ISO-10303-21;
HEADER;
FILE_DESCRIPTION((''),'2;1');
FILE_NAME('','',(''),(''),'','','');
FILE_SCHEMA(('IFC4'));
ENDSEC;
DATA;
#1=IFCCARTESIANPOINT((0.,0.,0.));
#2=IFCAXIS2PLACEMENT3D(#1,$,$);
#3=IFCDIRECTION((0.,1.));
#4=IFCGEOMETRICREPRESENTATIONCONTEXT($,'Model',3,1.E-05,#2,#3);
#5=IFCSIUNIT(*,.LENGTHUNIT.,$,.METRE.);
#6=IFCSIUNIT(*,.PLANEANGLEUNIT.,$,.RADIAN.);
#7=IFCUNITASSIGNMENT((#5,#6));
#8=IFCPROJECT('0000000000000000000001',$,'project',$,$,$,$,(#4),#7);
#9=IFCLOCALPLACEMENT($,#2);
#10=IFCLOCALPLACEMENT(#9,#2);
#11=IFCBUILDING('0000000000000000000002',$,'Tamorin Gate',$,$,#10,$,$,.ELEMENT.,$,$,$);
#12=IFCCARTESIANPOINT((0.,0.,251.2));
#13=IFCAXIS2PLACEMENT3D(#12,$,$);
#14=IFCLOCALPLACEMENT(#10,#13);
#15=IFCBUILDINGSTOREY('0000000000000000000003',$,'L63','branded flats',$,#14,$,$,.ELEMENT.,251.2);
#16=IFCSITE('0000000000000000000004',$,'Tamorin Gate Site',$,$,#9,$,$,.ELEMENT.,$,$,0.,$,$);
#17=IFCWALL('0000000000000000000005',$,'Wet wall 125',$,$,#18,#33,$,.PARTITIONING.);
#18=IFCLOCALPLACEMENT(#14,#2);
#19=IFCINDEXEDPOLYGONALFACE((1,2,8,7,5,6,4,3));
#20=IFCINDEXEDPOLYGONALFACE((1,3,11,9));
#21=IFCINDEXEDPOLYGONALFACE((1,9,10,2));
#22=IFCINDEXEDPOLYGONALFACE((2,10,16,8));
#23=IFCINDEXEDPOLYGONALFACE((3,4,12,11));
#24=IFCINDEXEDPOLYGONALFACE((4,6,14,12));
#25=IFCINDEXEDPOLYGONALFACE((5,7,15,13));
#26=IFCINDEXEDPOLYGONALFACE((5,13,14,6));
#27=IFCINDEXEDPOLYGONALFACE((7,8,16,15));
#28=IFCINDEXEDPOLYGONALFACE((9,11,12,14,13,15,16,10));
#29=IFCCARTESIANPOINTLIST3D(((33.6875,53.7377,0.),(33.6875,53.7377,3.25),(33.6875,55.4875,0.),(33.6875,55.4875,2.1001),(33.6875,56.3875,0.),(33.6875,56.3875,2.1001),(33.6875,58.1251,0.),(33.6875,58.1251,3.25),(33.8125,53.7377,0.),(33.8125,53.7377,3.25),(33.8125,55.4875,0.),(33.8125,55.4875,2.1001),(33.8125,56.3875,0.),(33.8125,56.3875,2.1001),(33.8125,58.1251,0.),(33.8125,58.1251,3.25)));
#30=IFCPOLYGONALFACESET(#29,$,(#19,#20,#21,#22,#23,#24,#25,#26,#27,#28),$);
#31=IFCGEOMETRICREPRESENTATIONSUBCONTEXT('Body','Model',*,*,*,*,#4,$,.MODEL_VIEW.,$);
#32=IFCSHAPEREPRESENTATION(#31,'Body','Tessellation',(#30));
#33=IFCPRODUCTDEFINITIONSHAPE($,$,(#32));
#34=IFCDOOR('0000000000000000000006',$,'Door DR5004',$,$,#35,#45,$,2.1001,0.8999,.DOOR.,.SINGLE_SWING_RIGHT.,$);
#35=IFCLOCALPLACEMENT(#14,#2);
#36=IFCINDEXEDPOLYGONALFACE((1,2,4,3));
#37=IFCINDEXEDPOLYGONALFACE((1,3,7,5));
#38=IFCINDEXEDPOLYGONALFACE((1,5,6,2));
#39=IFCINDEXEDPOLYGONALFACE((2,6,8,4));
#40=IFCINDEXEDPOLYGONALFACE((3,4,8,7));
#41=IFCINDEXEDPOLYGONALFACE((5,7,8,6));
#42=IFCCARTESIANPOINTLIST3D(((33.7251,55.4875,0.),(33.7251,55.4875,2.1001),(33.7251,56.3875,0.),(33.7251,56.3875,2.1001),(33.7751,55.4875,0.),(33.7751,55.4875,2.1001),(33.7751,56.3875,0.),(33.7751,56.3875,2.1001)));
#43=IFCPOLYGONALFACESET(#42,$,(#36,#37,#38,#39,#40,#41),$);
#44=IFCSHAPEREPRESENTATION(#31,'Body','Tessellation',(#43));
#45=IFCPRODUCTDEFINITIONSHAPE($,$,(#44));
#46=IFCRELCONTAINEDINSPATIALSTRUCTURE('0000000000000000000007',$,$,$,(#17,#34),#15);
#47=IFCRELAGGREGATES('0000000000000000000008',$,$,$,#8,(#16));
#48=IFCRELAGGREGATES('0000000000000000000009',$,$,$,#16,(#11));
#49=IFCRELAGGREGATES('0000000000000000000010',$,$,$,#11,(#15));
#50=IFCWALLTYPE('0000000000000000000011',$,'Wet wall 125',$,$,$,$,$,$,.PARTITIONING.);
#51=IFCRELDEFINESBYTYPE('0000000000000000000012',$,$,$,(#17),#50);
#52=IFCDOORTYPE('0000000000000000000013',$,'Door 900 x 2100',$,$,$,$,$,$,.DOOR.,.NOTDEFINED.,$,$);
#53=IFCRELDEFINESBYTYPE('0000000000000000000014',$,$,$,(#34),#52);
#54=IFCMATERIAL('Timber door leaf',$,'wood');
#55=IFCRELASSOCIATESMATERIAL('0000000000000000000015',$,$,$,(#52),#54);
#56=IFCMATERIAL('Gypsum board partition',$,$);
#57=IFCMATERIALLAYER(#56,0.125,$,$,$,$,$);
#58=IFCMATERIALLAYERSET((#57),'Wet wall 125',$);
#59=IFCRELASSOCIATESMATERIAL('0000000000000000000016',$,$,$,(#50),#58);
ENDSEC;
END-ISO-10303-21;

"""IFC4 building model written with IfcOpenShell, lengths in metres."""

from ifc_helpers import new_model, si_unit, direction, frame, frame_2d, origin, place, context, subcontext, project, spatial, rectangle, extrude, material, layer, layer_set, type_object, element, fill, save


model = new_model("IFC4")

# Units and contexts
model_context = context("Model", 3, precision=1e-05, world=origin(), true_north=direction((0.0, 1.0)))
body_context = subcontext(model_context, "Body", "Model", "MODEL_VIEW")
ifc_project = project(units=[si_unit("LENGTHUNIT", "METRE"), si_unit("PLANEANGLEUNIT", "RADIAN")], contexts=[model_context])

# Site, building, storey
site_placement = place(None, origin())
site = spatial("IfcSite", under=ifc_project, at=site_placement, Name="Tamorin Gate Site", CompositionType="ELEMENT", RefElevation=0.0)
building_placement = place(site_placement, origin())
building = spatial("IfcBuilding", under=site, at=building_placement, Name="Tamorin Gate", CompositionType="ELEMENT")
storey_placement = place(building_placement, frame((0.0, 0.0, 251.2)))
storey = spatial("IfcBuildingStorey", under=building, at=storey_placement, Name="L63", Description="branded flats", CompositionType="ELEMENT", Elevation=251.2)

# Shared definitions
ifc_material_1 = material(Name="Gypsum board partition")
ifc_material_2 = material(Name="Timber door leaf", Category="wood")
door_type = type_object("IfcDoorType", Name="Door 900 x 2100", OperationType="NOTDEFINED", PredefinedType="DOOR", material=ifc_material_2)

# Wall, opening, door
ifc_layer_1 = layer(ifc_material_1, 0.125)
ifc_layer_set_1 = layer_set([ifc_layer_1], Name="Wet wall 125")
wall_type_1 = type_object("IfcWallType", Name="Wet wall 125", PredefinedType="PARTITIONING", material=ifc_layer_set_1)
wall_1_placement = place(storey_placement, frame((33.75, 53.7375, 0.0), z_axis=(0.0, 0.0, 1.0), x_axis=(0.0, 1.0, 0.0)))
wall_1 = element("IfcWall", 1, at=wall_1_placement, inside=storey, type_object=wall_type_1, Name="Wet wall 125", PredefinedType="PARTITIONING", context=body_context, shape_type="SweptSolid", body=[
    extrude(rectangle(XDim=4.3875, YDim=0.125, at=frame_2d((2.1938, 0.0))), origin(), (0.0, 0.0, 1.0), 3.25),
])
opening_1_placement = place(wall_1_placement, frame((1.75, 0.0, 0.0)))
opening_1 = element("IfcOpeningElement", 2, at=opening_1_placement, cuts=wall_1, PredefinedType="OPENING", context=body_context, shape_type="SweptSolid", body=[
    extrude(rectangle(XDim=0.8999, YDim=2.1001, at=frame_2d((0.45, 1.05))), frame((0.0, 0.0725, 0.0), z_axis=(0.0, -1.0, 0.0), x_axis=(1.0, 0.0, 0.0)), (0.0, 0.0, 1.0), 0.145),
])
door_1_placement = place(opening_1_placement, origin())
door_1 = element("IfcDoor", 3, at=door_1_placement, inside=storey, type_object=door_type, Name="Door DR5004", OperationType="SINGLE_SWING_RIGHT", OverallHeight=2.1001, OverallWidth=0.8999, PredefinedType="DOOR", context=body_context, shape_type="SweptSolid", body=[
    extrude(rectangle(XDim=0.8999, YDim=2.1001, at=frame_2d((0.45, 1.05))), frame((0.0, 0.0249, 0.0), z_axis=(0.0, -1.0, 0.0), x_axis=(1.0, 0.0, 0.0)), (0.0, 0.0, 1.0), 0.05),
])
fill(opening_1, door_1)

save(model, "model.ifc")
